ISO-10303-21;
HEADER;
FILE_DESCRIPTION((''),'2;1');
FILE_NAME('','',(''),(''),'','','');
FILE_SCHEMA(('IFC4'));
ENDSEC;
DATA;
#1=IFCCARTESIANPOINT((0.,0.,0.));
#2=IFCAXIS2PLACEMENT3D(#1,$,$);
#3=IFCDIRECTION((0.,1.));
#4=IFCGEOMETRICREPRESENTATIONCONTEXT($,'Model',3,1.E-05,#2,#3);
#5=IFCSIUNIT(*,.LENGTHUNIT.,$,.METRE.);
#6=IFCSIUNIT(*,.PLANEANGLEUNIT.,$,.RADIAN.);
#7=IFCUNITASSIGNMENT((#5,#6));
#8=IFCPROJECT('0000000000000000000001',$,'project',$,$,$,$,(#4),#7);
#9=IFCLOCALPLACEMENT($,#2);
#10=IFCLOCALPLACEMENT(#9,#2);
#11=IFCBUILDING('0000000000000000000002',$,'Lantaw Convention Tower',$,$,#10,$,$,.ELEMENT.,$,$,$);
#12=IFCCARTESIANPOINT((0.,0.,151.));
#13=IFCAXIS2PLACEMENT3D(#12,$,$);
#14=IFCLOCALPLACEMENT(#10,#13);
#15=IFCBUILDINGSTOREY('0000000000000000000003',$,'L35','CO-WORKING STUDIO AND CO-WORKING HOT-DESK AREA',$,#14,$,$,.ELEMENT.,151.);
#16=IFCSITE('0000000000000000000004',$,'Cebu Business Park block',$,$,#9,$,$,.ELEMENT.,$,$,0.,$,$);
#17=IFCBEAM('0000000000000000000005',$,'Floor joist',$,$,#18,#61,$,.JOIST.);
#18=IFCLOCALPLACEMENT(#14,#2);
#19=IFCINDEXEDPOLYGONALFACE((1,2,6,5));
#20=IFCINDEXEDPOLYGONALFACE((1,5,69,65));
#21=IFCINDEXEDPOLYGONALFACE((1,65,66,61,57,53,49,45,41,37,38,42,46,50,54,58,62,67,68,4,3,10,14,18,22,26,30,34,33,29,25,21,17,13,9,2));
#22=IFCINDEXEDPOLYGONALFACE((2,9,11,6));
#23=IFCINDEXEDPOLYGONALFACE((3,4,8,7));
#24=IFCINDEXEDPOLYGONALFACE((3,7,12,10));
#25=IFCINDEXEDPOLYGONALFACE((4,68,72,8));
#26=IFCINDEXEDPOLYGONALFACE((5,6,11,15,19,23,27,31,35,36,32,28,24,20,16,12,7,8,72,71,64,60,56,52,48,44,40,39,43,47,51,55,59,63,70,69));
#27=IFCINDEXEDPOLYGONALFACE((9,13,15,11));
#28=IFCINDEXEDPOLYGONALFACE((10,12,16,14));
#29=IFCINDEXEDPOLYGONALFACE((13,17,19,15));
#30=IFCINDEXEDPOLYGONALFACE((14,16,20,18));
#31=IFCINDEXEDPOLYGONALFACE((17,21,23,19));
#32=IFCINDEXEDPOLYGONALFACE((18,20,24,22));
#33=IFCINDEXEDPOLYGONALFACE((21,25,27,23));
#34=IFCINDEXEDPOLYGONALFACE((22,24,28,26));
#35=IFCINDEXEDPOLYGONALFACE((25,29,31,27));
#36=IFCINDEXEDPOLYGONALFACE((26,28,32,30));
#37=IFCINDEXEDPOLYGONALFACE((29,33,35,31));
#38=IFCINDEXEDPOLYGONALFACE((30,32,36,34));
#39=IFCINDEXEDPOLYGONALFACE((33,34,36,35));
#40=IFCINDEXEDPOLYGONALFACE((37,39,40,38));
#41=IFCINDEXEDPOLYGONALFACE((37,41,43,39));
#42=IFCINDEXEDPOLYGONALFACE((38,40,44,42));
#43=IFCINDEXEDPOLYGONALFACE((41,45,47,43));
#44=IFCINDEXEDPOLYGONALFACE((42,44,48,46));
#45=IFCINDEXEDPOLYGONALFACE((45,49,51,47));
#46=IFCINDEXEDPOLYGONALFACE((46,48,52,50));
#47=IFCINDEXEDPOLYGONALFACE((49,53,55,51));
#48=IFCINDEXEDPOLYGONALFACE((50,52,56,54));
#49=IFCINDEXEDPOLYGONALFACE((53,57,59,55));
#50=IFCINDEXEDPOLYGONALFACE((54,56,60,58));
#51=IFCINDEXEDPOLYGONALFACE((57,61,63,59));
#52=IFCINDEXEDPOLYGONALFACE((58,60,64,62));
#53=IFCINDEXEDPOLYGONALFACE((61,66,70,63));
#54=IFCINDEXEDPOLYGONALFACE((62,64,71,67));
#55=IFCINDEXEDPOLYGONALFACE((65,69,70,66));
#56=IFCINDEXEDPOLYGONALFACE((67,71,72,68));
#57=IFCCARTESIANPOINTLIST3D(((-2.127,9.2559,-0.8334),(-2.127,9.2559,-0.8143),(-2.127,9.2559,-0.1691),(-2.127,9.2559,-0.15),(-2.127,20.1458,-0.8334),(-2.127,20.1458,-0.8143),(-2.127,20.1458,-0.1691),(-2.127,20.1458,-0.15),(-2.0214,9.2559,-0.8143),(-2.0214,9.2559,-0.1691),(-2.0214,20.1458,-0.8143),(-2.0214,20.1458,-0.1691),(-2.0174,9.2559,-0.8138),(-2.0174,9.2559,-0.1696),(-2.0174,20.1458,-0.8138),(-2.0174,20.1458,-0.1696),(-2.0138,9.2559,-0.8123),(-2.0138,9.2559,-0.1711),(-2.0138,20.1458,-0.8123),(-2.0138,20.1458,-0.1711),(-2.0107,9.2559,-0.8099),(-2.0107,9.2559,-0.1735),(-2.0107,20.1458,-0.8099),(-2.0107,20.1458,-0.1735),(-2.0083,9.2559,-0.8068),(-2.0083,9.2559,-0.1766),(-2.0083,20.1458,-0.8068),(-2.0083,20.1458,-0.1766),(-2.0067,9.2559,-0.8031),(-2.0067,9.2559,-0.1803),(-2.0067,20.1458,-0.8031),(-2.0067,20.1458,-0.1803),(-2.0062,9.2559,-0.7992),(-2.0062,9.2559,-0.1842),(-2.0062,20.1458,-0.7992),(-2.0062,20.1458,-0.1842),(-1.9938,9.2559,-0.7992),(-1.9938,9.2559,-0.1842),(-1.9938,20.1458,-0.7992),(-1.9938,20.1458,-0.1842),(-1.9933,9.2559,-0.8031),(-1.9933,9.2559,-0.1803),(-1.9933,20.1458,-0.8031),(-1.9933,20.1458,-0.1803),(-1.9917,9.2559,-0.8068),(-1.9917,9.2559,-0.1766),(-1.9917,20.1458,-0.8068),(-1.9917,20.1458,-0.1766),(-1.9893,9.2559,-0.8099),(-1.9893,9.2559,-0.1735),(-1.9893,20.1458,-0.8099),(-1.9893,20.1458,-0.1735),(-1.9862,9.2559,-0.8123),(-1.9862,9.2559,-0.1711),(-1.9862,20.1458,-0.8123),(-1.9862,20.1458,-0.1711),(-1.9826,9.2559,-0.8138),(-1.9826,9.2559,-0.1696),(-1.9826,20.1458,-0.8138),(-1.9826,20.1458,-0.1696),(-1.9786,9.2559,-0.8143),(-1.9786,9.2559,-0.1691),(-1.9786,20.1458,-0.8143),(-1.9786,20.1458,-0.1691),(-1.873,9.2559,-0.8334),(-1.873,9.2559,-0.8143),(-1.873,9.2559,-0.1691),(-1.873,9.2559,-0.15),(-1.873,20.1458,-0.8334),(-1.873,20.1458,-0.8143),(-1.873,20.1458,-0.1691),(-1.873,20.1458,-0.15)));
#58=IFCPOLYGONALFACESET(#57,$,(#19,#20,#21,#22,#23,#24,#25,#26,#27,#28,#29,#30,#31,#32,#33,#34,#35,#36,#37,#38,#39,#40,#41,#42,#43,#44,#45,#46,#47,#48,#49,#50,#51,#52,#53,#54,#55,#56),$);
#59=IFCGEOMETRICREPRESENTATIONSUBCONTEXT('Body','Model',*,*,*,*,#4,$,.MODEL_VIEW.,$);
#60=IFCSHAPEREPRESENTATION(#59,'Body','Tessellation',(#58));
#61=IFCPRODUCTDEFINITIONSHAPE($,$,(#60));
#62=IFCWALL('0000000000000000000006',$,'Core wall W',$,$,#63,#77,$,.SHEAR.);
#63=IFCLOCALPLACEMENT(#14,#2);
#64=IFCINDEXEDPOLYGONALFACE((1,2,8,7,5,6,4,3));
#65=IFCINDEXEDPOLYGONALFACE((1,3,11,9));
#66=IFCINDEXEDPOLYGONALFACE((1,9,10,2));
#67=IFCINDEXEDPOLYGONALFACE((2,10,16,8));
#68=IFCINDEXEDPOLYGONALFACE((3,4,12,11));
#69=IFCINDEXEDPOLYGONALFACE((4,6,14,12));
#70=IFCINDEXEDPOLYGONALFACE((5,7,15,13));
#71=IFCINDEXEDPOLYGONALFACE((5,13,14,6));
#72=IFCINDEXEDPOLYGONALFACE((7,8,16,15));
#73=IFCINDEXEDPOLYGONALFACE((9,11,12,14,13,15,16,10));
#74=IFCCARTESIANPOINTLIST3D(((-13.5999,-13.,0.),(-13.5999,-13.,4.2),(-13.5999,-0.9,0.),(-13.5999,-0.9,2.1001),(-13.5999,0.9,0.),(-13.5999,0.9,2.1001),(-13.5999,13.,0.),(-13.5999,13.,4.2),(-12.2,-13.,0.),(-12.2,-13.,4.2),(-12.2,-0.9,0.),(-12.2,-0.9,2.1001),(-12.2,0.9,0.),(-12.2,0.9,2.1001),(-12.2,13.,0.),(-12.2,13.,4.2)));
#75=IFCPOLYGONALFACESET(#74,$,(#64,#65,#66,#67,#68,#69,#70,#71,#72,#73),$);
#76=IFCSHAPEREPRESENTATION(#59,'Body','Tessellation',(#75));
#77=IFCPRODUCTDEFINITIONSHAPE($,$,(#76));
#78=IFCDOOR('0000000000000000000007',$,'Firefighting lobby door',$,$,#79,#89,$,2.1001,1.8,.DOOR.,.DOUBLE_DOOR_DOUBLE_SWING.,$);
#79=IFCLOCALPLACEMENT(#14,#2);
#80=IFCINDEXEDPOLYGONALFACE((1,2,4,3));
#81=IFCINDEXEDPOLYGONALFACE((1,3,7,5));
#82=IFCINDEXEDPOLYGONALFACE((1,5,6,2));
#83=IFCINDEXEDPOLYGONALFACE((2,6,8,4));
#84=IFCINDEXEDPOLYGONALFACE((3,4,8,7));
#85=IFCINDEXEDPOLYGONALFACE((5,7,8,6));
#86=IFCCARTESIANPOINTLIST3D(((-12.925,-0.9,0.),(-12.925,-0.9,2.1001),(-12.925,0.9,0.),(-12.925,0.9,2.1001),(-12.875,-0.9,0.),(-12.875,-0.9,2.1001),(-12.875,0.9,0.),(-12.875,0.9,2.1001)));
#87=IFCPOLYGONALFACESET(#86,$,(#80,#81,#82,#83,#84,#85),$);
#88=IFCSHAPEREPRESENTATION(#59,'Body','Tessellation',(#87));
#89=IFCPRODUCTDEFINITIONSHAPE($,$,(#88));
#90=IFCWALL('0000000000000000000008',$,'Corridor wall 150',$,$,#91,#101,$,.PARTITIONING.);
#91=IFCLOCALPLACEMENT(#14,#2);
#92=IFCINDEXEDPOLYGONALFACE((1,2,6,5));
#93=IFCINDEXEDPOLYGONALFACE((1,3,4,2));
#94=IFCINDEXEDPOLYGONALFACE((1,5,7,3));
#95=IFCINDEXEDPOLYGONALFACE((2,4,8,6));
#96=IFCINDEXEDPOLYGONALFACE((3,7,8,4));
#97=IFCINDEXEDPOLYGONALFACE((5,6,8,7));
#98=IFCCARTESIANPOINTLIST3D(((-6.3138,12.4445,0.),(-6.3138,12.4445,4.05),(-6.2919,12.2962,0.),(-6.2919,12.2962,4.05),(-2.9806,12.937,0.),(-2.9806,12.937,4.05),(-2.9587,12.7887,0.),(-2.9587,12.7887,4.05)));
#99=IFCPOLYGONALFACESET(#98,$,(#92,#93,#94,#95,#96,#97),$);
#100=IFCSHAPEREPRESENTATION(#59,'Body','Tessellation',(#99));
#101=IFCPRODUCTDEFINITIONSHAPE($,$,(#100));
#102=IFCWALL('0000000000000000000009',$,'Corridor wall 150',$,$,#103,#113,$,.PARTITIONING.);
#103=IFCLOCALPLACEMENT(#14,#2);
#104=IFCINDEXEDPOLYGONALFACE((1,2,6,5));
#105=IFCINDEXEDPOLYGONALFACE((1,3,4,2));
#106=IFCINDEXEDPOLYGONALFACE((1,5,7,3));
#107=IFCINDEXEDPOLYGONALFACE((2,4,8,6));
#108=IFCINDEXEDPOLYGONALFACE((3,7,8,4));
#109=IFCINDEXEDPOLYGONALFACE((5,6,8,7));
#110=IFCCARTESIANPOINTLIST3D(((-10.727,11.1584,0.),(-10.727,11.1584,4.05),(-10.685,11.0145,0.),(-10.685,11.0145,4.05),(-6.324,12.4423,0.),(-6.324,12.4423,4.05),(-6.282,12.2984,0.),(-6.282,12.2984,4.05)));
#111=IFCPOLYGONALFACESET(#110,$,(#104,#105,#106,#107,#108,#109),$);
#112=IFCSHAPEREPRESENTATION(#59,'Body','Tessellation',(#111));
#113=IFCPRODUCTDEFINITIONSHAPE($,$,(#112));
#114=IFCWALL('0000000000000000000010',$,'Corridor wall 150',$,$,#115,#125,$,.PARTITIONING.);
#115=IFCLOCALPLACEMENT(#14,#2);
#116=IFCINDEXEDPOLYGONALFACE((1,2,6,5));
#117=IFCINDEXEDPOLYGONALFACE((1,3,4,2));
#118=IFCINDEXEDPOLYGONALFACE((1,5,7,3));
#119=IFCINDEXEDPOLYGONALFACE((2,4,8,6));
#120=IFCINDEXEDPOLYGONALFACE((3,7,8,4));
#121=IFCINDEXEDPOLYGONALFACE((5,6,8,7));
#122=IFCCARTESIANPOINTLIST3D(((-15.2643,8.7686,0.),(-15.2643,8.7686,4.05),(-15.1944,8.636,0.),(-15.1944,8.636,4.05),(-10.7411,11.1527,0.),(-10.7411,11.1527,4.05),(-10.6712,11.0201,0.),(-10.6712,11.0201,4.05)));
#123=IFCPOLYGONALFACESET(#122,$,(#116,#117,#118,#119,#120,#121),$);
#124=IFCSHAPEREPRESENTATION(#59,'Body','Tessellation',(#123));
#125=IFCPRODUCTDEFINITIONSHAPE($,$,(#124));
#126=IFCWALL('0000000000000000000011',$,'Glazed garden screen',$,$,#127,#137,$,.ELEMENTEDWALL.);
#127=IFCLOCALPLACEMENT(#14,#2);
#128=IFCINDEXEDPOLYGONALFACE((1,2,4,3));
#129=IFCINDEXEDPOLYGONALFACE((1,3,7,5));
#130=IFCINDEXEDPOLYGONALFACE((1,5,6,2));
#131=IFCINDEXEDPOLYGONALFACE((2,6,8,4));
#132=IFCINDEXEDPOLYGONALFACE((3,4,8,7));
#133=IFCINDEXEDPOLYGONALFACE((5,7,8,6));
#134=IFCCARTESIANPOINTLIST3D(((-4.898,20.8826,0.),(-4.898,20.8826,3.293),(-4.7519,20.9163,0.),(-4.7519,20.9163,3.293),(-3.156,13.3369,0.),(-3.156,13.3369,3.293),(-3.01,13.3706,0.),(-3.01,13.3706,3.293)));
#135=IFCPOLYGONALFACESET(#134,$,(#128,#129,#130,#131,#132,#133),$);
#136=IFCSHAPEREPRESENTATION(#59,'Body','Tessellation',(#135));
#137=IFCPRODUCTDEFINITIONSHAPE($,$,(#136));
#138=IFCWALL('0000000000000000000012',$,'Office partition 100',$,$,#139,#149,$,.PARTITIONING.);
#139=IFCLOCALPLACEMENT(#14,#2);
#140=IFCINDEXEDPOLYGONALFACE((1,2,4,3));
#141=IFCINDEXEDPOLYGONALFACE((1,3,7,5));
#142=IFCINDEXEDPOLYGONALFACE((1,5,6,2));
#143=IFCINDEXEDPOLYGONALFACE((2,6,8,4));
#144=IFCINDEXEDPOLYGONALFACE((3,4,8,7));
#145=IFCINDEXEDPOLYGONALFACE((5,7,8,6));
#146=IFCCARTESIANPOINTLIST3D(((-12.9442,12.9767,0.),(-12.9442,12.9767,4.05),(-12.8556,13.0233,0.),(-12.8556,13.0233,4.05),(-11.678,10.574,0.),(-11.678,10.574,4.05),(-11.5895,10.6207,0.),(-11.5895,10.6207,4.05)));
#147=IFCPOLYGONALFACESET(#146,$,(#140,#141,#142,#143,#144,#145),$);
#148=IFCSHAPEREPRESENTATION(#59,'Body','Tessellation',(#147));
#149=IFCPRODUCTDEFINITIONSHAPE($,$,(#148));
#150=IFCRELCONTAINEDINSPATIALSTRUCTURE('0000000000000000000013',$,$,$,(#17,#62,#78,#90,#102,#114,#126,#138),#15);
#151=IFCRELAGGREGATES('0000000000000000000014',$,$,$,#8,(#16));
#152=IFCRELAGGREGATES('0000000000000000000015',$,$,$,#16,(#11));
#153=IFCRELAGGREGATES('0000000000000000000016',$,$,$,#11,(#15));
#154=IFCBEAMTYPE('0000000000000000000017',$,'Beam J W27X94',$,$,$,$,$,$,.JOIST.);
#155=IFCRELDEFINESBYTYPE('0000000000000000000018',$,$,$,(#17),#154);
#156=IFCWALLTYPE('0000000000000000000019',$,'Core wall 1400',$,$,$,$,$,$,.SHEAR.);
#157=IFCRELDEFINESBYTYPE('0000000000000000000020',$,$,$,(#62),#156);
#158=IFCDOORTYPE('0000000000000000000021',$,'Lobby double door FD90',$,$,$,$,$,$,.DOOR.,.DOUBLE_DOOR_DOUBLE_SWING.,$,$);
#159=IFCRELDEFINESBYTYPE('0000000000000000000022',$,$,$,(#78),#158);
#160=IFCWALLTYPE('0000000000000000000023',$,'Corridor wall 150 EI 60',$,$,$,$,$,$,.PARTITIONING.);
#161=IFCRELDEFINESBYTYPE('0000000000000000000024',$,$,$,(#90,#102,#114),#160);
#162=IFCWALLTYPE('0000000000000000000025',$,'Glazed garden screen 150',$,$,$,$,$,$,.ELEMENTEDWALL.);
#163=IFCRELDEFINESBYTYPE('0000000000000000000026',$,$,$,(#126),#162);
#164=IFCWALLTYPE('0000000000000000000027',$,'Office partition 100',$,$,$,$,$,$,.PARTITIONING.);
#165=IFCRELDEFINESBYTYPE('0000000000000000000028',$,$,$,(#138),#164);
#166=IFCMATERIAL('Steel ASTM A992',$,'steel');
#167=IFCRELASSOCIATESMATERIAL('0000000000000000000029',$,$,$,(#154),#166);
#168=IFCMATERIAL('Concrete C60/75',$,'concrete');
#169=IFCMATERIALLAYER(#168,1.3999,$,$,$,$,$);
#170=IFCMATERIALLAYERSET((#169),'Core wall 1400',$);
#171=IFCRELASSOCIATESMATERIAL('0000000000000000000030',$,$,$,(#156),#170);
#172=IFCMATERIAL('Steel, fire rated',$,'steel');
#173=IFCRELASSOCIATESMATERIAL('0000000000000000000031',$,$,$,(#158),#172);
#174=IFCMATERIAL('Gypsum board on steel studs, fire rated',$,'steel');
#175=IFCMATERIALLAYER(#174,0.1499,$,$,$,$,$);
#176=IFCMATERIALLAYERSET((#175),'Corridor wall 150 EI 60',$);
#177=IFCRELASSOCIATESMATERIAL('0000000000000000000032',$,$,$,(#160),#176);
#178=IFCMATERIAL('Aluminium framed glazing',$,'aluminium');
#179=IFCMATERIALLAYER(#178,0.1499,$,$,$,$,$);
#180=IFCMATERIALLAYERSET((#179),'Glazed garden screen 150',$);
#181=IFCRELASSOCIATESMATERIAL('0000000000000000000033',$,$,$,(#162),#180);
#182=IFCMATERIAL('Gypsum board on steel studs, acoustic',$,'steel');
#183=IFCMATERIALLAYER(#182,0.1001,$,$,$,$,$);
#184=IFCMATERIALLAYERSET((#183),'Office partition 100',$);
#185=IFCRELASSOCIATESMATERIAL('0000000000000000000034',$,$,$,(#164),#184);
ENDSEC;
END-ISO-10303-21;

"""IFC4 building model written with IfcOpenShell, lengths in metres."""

from ifc_helpers import new_model, si_unit, direction, frame, frame_2d, origin, origin_2d, place, context, subcontext, project, spatial, rectangle, i_section, extrude, material, layer, layer_set, material_profile, profile_set, type_object, element, fill, save


model = new_model("IFC4")

# Units and contexts
model_context = context("Model", 3, precision=1e-05, world=origin(), true_north=direction((0.0, 1.0)))
body_context = subcontext(model_context, "Body", "Model", "MODEL_VIEW")
ifc_project = project(units=[si_unit("LENGTHUNIT", "METRE"), si_unit("PLANEANGLEUNIT", "RADIAN")], contexts=[model_context])

# Site, building, storey
site_placement = place(None, origin())
site = spatial("IfcSite", under=ifc_project, at=site_placement, Name="Cebu Business Park block", CompositionType="ELEMENT", RefElevation=0.0)
building_placement = place(site_placement, origin())
building = spatial("IfcBuilding", under=site, at=building_placement, Name="Lantaw Convention Tower", CompositionType="ELEMENT")
storey_placement = place(building_placement, frame((0.0, 0.0, 151.0)))
storey = spatial("IfcBuildingStorey", under=building, at=storey_placement, Name="L35", Description="CO-WORKING STUDIO AND CO-WORKING HOT-DESK AREA", CompositionType="ELEMENT", Elevation=151.0)

# Beam
ifc_material_1 = material(Name="Steel ASTM A992", Category="steel")
ifc_material_profile_1 = material_profile(ifc_material_1, i_section(OverallWidth=0.2539, OverallDepth=0.6833, WebThickness=0.0125, FlangeThickness=0.019, FilletRadius=0.0151, at=origin_2d()), Name="W27X94")
ifc_profile_set_1 = profile_set([ifc_material_profile_1], Name="Steel ASTM A992")
beam_type_1 = type_object("IfcBeamType", Name="Beam J W27X94", PredefinedType="JOIST", material=ifc_profile_set_1)
beam_1_placement = place(storey_placement, frame((-2.0, 9.2559, -0.4917), z_axis=(0.0, 1.0, 0.0), x_axis=(-1.0, 0.0, 0.0)))
element("IfcBeam", 1, at=beam_1_placement, inside=storey, type_object=beam_type_1, Name="Floor joist", PredefinedType="JOIST", context=body_context, shape_type="SweptSolid", body=[
    extrude(i_section(OverallWidth=0.2539, OverallDepth=0.6833, WebThickness=0.0125, FlangeThickness=0.019, FilletRadius=0.0151, at=origin_2d()), origin(), (0.0, 0.0, 1.0), 10.8899),
])

# Wall, opening, door
ifc_material_2 = material(Name="Concrete C60/75", Category="concrete")
ifc_layer_1 = layer(ifc_material_2, 1.3999)
ifc_layer_set_1 = layer_set([ifc_layer_1], Name="Core wall 1400")
wall_type_1 = type_object("IfcWallType", Name="Core wall 1400", PredefinedType="SHEAR", material=ifc_layer_set_1)
wall_1_placement = place(storey_placement, frame((-12.8999, 13.0, 0.0), z_axis=(0.0, 0.0, 1.0), x_axis=(0.0, -1.0, 0.0)))
wall_1 = element("IfcWall", 2, at=wall_1_placement, inside=storey, type_object=wall_type_1, Name="Core wall W", PredefinedType="SHEAR", context=body_context, shape_type="SweptSolid", body=[
    extrude(rectangle(XDim=26.0, YDim=1.3999, at=frame_2d((13.0, 0.0))), origin(), (0.0, 0.0, 1.0), 4.2),
])
opening_1_placement = place(wall_1_placement, frame((12.1001, 0.0, 0.0)))
opening_1 = element("IfcOpeningElement", 3, at=opening_1_placement, cuts=wall_1, PredefinedType="OPENING", context=body_context, shape_type="SweptSolid", body=[
    extrude(rectangle(XDim=1.8, YDim=2.1001, at=frame_2d((0.8999, 1.05))), frame((0.0, 0.71, 0.0), z_axis=(0.0, -1.0, 0.0), x_axis=(1.0, 0.0, 0.0)), (0.0, 0.0, 1.0), 1.4199),
])
ifc_material_3 = material(Name="Steel, fire rated", Category="steel")
door_type_1 = type_object("IfcDoorType", Name="Lobby double door FD90", OperationType="DOUBLE_DOOR_DOUBLE_SWING", PredefinedType="DOOR", material=ifc_material_3)
door_1_placement = place(opening_1_placement, origin())
door_1 = element("IfcDoor", 4, at=door_1_placement, inside=storey, type_object=door_type_1, Name="Firefighting lobby door", OperationType="DOUBLE_DOOR_DOUBLE_SWING", OverallHeight=2.1001, OverallWidth=1.8, PredefinedType="DOOR", context=body_context, shape_type="SweptSolid", body=[
    extrude(rectangle(XDim=1.8, YDim=2.1001, at=frame_2d((0.8999, 1.05))), frame((0.0, 0.0249, 0.0), z_axis=(0.0, -1.0, 0.0), x_axis=(1.0, 0.0, 0.0)), (0.0, 0.0, 1.0), 0.05),
])
fill(opening_1, door_1)

# Walls
ifc_material_4 = material(Name="Gypsum board on steel studs, fire rated", Category="steel")
ifc_layer_2 = layer(ifc_material_4, 0.1499)
ifc_layer_set_2 = layer_set([ifc_layer_2], Name="Corridor wall 150 EI 60")
wall_type_2 = type_object("IfcWallType", Name="Corridor wall 150 EI 60", PredefinedType="PARTITIONING", material=ifc_layer_set_2)
wall_2_placement = place(storey_placement, frame((-2.9697, 12.8628, 0.0), z_axis=(0.0, 0.0, 1.0), x_axis=(-0.989263, -0.146147, 0.0)))
element("IfcWall", 5, at=wall_2_placement, inside=storey, type_object=wall_type_2, Name="Corridor wall 150", PredefinedType="PARTITIONING", context=body_context, shape_type="SweptSolid", body=[
    extrude(rectangle(XDim=3.3694, YDim=0.1499, at=frame_2d((1.6846, 0.0))), origin(), (0.0, 0.0, 1.0), 4.05),
])
wall_3_placement = place(storey_placement, frame((-6.303, 12.3704, 0.0), z_axis=(0.0, 0.0, 1.0), x_axis=(-0.960017, -0.279941, 0.0)))
element("IfcWall", 6, at=wall_3_placement, inside=storey, type_object=wall_type_2, Name="Corridor wall 150", PredefinedType="PARTITIONING", context=body_context, shape_type="SweptSolid", body=[
    extrude(rectangle(XDim=4.5864, YDim=0.1499, at=frame_2d((2.2932, 0.0))), origin(), (0.0, 0.0, 1.0), 4.05),
])
wall_4_placement = place(storey_placement, frame((-10.7061, 11.0864, 0.0), z_axis=(0.0, 0.0, 1.0), x_axis=(-0.884644, -0.466268, 0.0)))
element("IfcWall", 7, at=wall_4_placement, inside=storey, type_object=wall_type_2, Name="Corridor wall 150", PredefinedType="PARTITIONING", context=body_context, shape_type="SweptSolid", body=[
    extrude(rectangle(XDim=5.113, YDim=0.1499, at=frame_2d((2.5566, 0.0))), origin(), (0.0, 0.0, 1.0), 4.05),
])
ifc_material_5 = material(Name="Aluminium framed glazing", Category="aluminium")
ifc_layer_3 = layer(ifc_material_5, 0.1499)
ifc_layer_set_3 = layer_set([ifc_layer_3], Name="Glazed garden screen 150")
wall_type_3 = type_object("IfcWallType", Name="Glazed garden screen 150", PredefinedType="ELEMENTEDWALL", material=ifc_layer_set_3)
wall_5_placement = place(storey_placement, frame((-3.083, 13.3538, 0.0), z_axis=(0.0, 0.0, 1.0), x_axis=(-0.224938, 0.974373, 0.0)))
element("IfcWall", 8, at=wall_5_placement, inside=storey, type_object=wall_type_3, Name="Glazed garden screen", PredefinedType="ELEMENTEDWALL", context=body_context, shape_type="SweptSolid", body=[
    extrude(rectangle(XDim=7.7441, YDim=0.1499, at=frame_2d((3.8721, 0.0))), origin(), (0.0, 0.0, 1.0), 3.293),
])
ifc_material_6 = material(Name="Gypsum board on steel studs, acoustic", Category="steel")
ifc_layer_4 = layer(ifc_material_6, 0.1001)
ifc_layer_set_4 = layer_set([ifc_layer_4], Name="Office partition 100")
wall_type_4 = type_object("IfcWallType", Name="Office partition 100", PredefinedType="PARTITIONING", material=ifc_layer_set_4)
wall_6_placement = place(storey_placement, frame((-12.8999, 13.0, 0.0), z_axis=(0.0, 0.0, 1.0), x_axis=(0.466206, -0.884676, 0.0)))
element("IfcWall", 9, at=wall_6_placement, inside=storey, type_object=wall_type_4, Name="Office partition 100", PredefinedType="PARTITIONING", context=body_context, shape_type="SweptSolid", body=[
    extrude(rectangle(XDim=2.7158, YDim=0.1001, at=frame_2d((1.3579, 0.0))), origin(), (0.0, 0.0, 1.0), 4.05),
])

save(model, "model.ifc")
